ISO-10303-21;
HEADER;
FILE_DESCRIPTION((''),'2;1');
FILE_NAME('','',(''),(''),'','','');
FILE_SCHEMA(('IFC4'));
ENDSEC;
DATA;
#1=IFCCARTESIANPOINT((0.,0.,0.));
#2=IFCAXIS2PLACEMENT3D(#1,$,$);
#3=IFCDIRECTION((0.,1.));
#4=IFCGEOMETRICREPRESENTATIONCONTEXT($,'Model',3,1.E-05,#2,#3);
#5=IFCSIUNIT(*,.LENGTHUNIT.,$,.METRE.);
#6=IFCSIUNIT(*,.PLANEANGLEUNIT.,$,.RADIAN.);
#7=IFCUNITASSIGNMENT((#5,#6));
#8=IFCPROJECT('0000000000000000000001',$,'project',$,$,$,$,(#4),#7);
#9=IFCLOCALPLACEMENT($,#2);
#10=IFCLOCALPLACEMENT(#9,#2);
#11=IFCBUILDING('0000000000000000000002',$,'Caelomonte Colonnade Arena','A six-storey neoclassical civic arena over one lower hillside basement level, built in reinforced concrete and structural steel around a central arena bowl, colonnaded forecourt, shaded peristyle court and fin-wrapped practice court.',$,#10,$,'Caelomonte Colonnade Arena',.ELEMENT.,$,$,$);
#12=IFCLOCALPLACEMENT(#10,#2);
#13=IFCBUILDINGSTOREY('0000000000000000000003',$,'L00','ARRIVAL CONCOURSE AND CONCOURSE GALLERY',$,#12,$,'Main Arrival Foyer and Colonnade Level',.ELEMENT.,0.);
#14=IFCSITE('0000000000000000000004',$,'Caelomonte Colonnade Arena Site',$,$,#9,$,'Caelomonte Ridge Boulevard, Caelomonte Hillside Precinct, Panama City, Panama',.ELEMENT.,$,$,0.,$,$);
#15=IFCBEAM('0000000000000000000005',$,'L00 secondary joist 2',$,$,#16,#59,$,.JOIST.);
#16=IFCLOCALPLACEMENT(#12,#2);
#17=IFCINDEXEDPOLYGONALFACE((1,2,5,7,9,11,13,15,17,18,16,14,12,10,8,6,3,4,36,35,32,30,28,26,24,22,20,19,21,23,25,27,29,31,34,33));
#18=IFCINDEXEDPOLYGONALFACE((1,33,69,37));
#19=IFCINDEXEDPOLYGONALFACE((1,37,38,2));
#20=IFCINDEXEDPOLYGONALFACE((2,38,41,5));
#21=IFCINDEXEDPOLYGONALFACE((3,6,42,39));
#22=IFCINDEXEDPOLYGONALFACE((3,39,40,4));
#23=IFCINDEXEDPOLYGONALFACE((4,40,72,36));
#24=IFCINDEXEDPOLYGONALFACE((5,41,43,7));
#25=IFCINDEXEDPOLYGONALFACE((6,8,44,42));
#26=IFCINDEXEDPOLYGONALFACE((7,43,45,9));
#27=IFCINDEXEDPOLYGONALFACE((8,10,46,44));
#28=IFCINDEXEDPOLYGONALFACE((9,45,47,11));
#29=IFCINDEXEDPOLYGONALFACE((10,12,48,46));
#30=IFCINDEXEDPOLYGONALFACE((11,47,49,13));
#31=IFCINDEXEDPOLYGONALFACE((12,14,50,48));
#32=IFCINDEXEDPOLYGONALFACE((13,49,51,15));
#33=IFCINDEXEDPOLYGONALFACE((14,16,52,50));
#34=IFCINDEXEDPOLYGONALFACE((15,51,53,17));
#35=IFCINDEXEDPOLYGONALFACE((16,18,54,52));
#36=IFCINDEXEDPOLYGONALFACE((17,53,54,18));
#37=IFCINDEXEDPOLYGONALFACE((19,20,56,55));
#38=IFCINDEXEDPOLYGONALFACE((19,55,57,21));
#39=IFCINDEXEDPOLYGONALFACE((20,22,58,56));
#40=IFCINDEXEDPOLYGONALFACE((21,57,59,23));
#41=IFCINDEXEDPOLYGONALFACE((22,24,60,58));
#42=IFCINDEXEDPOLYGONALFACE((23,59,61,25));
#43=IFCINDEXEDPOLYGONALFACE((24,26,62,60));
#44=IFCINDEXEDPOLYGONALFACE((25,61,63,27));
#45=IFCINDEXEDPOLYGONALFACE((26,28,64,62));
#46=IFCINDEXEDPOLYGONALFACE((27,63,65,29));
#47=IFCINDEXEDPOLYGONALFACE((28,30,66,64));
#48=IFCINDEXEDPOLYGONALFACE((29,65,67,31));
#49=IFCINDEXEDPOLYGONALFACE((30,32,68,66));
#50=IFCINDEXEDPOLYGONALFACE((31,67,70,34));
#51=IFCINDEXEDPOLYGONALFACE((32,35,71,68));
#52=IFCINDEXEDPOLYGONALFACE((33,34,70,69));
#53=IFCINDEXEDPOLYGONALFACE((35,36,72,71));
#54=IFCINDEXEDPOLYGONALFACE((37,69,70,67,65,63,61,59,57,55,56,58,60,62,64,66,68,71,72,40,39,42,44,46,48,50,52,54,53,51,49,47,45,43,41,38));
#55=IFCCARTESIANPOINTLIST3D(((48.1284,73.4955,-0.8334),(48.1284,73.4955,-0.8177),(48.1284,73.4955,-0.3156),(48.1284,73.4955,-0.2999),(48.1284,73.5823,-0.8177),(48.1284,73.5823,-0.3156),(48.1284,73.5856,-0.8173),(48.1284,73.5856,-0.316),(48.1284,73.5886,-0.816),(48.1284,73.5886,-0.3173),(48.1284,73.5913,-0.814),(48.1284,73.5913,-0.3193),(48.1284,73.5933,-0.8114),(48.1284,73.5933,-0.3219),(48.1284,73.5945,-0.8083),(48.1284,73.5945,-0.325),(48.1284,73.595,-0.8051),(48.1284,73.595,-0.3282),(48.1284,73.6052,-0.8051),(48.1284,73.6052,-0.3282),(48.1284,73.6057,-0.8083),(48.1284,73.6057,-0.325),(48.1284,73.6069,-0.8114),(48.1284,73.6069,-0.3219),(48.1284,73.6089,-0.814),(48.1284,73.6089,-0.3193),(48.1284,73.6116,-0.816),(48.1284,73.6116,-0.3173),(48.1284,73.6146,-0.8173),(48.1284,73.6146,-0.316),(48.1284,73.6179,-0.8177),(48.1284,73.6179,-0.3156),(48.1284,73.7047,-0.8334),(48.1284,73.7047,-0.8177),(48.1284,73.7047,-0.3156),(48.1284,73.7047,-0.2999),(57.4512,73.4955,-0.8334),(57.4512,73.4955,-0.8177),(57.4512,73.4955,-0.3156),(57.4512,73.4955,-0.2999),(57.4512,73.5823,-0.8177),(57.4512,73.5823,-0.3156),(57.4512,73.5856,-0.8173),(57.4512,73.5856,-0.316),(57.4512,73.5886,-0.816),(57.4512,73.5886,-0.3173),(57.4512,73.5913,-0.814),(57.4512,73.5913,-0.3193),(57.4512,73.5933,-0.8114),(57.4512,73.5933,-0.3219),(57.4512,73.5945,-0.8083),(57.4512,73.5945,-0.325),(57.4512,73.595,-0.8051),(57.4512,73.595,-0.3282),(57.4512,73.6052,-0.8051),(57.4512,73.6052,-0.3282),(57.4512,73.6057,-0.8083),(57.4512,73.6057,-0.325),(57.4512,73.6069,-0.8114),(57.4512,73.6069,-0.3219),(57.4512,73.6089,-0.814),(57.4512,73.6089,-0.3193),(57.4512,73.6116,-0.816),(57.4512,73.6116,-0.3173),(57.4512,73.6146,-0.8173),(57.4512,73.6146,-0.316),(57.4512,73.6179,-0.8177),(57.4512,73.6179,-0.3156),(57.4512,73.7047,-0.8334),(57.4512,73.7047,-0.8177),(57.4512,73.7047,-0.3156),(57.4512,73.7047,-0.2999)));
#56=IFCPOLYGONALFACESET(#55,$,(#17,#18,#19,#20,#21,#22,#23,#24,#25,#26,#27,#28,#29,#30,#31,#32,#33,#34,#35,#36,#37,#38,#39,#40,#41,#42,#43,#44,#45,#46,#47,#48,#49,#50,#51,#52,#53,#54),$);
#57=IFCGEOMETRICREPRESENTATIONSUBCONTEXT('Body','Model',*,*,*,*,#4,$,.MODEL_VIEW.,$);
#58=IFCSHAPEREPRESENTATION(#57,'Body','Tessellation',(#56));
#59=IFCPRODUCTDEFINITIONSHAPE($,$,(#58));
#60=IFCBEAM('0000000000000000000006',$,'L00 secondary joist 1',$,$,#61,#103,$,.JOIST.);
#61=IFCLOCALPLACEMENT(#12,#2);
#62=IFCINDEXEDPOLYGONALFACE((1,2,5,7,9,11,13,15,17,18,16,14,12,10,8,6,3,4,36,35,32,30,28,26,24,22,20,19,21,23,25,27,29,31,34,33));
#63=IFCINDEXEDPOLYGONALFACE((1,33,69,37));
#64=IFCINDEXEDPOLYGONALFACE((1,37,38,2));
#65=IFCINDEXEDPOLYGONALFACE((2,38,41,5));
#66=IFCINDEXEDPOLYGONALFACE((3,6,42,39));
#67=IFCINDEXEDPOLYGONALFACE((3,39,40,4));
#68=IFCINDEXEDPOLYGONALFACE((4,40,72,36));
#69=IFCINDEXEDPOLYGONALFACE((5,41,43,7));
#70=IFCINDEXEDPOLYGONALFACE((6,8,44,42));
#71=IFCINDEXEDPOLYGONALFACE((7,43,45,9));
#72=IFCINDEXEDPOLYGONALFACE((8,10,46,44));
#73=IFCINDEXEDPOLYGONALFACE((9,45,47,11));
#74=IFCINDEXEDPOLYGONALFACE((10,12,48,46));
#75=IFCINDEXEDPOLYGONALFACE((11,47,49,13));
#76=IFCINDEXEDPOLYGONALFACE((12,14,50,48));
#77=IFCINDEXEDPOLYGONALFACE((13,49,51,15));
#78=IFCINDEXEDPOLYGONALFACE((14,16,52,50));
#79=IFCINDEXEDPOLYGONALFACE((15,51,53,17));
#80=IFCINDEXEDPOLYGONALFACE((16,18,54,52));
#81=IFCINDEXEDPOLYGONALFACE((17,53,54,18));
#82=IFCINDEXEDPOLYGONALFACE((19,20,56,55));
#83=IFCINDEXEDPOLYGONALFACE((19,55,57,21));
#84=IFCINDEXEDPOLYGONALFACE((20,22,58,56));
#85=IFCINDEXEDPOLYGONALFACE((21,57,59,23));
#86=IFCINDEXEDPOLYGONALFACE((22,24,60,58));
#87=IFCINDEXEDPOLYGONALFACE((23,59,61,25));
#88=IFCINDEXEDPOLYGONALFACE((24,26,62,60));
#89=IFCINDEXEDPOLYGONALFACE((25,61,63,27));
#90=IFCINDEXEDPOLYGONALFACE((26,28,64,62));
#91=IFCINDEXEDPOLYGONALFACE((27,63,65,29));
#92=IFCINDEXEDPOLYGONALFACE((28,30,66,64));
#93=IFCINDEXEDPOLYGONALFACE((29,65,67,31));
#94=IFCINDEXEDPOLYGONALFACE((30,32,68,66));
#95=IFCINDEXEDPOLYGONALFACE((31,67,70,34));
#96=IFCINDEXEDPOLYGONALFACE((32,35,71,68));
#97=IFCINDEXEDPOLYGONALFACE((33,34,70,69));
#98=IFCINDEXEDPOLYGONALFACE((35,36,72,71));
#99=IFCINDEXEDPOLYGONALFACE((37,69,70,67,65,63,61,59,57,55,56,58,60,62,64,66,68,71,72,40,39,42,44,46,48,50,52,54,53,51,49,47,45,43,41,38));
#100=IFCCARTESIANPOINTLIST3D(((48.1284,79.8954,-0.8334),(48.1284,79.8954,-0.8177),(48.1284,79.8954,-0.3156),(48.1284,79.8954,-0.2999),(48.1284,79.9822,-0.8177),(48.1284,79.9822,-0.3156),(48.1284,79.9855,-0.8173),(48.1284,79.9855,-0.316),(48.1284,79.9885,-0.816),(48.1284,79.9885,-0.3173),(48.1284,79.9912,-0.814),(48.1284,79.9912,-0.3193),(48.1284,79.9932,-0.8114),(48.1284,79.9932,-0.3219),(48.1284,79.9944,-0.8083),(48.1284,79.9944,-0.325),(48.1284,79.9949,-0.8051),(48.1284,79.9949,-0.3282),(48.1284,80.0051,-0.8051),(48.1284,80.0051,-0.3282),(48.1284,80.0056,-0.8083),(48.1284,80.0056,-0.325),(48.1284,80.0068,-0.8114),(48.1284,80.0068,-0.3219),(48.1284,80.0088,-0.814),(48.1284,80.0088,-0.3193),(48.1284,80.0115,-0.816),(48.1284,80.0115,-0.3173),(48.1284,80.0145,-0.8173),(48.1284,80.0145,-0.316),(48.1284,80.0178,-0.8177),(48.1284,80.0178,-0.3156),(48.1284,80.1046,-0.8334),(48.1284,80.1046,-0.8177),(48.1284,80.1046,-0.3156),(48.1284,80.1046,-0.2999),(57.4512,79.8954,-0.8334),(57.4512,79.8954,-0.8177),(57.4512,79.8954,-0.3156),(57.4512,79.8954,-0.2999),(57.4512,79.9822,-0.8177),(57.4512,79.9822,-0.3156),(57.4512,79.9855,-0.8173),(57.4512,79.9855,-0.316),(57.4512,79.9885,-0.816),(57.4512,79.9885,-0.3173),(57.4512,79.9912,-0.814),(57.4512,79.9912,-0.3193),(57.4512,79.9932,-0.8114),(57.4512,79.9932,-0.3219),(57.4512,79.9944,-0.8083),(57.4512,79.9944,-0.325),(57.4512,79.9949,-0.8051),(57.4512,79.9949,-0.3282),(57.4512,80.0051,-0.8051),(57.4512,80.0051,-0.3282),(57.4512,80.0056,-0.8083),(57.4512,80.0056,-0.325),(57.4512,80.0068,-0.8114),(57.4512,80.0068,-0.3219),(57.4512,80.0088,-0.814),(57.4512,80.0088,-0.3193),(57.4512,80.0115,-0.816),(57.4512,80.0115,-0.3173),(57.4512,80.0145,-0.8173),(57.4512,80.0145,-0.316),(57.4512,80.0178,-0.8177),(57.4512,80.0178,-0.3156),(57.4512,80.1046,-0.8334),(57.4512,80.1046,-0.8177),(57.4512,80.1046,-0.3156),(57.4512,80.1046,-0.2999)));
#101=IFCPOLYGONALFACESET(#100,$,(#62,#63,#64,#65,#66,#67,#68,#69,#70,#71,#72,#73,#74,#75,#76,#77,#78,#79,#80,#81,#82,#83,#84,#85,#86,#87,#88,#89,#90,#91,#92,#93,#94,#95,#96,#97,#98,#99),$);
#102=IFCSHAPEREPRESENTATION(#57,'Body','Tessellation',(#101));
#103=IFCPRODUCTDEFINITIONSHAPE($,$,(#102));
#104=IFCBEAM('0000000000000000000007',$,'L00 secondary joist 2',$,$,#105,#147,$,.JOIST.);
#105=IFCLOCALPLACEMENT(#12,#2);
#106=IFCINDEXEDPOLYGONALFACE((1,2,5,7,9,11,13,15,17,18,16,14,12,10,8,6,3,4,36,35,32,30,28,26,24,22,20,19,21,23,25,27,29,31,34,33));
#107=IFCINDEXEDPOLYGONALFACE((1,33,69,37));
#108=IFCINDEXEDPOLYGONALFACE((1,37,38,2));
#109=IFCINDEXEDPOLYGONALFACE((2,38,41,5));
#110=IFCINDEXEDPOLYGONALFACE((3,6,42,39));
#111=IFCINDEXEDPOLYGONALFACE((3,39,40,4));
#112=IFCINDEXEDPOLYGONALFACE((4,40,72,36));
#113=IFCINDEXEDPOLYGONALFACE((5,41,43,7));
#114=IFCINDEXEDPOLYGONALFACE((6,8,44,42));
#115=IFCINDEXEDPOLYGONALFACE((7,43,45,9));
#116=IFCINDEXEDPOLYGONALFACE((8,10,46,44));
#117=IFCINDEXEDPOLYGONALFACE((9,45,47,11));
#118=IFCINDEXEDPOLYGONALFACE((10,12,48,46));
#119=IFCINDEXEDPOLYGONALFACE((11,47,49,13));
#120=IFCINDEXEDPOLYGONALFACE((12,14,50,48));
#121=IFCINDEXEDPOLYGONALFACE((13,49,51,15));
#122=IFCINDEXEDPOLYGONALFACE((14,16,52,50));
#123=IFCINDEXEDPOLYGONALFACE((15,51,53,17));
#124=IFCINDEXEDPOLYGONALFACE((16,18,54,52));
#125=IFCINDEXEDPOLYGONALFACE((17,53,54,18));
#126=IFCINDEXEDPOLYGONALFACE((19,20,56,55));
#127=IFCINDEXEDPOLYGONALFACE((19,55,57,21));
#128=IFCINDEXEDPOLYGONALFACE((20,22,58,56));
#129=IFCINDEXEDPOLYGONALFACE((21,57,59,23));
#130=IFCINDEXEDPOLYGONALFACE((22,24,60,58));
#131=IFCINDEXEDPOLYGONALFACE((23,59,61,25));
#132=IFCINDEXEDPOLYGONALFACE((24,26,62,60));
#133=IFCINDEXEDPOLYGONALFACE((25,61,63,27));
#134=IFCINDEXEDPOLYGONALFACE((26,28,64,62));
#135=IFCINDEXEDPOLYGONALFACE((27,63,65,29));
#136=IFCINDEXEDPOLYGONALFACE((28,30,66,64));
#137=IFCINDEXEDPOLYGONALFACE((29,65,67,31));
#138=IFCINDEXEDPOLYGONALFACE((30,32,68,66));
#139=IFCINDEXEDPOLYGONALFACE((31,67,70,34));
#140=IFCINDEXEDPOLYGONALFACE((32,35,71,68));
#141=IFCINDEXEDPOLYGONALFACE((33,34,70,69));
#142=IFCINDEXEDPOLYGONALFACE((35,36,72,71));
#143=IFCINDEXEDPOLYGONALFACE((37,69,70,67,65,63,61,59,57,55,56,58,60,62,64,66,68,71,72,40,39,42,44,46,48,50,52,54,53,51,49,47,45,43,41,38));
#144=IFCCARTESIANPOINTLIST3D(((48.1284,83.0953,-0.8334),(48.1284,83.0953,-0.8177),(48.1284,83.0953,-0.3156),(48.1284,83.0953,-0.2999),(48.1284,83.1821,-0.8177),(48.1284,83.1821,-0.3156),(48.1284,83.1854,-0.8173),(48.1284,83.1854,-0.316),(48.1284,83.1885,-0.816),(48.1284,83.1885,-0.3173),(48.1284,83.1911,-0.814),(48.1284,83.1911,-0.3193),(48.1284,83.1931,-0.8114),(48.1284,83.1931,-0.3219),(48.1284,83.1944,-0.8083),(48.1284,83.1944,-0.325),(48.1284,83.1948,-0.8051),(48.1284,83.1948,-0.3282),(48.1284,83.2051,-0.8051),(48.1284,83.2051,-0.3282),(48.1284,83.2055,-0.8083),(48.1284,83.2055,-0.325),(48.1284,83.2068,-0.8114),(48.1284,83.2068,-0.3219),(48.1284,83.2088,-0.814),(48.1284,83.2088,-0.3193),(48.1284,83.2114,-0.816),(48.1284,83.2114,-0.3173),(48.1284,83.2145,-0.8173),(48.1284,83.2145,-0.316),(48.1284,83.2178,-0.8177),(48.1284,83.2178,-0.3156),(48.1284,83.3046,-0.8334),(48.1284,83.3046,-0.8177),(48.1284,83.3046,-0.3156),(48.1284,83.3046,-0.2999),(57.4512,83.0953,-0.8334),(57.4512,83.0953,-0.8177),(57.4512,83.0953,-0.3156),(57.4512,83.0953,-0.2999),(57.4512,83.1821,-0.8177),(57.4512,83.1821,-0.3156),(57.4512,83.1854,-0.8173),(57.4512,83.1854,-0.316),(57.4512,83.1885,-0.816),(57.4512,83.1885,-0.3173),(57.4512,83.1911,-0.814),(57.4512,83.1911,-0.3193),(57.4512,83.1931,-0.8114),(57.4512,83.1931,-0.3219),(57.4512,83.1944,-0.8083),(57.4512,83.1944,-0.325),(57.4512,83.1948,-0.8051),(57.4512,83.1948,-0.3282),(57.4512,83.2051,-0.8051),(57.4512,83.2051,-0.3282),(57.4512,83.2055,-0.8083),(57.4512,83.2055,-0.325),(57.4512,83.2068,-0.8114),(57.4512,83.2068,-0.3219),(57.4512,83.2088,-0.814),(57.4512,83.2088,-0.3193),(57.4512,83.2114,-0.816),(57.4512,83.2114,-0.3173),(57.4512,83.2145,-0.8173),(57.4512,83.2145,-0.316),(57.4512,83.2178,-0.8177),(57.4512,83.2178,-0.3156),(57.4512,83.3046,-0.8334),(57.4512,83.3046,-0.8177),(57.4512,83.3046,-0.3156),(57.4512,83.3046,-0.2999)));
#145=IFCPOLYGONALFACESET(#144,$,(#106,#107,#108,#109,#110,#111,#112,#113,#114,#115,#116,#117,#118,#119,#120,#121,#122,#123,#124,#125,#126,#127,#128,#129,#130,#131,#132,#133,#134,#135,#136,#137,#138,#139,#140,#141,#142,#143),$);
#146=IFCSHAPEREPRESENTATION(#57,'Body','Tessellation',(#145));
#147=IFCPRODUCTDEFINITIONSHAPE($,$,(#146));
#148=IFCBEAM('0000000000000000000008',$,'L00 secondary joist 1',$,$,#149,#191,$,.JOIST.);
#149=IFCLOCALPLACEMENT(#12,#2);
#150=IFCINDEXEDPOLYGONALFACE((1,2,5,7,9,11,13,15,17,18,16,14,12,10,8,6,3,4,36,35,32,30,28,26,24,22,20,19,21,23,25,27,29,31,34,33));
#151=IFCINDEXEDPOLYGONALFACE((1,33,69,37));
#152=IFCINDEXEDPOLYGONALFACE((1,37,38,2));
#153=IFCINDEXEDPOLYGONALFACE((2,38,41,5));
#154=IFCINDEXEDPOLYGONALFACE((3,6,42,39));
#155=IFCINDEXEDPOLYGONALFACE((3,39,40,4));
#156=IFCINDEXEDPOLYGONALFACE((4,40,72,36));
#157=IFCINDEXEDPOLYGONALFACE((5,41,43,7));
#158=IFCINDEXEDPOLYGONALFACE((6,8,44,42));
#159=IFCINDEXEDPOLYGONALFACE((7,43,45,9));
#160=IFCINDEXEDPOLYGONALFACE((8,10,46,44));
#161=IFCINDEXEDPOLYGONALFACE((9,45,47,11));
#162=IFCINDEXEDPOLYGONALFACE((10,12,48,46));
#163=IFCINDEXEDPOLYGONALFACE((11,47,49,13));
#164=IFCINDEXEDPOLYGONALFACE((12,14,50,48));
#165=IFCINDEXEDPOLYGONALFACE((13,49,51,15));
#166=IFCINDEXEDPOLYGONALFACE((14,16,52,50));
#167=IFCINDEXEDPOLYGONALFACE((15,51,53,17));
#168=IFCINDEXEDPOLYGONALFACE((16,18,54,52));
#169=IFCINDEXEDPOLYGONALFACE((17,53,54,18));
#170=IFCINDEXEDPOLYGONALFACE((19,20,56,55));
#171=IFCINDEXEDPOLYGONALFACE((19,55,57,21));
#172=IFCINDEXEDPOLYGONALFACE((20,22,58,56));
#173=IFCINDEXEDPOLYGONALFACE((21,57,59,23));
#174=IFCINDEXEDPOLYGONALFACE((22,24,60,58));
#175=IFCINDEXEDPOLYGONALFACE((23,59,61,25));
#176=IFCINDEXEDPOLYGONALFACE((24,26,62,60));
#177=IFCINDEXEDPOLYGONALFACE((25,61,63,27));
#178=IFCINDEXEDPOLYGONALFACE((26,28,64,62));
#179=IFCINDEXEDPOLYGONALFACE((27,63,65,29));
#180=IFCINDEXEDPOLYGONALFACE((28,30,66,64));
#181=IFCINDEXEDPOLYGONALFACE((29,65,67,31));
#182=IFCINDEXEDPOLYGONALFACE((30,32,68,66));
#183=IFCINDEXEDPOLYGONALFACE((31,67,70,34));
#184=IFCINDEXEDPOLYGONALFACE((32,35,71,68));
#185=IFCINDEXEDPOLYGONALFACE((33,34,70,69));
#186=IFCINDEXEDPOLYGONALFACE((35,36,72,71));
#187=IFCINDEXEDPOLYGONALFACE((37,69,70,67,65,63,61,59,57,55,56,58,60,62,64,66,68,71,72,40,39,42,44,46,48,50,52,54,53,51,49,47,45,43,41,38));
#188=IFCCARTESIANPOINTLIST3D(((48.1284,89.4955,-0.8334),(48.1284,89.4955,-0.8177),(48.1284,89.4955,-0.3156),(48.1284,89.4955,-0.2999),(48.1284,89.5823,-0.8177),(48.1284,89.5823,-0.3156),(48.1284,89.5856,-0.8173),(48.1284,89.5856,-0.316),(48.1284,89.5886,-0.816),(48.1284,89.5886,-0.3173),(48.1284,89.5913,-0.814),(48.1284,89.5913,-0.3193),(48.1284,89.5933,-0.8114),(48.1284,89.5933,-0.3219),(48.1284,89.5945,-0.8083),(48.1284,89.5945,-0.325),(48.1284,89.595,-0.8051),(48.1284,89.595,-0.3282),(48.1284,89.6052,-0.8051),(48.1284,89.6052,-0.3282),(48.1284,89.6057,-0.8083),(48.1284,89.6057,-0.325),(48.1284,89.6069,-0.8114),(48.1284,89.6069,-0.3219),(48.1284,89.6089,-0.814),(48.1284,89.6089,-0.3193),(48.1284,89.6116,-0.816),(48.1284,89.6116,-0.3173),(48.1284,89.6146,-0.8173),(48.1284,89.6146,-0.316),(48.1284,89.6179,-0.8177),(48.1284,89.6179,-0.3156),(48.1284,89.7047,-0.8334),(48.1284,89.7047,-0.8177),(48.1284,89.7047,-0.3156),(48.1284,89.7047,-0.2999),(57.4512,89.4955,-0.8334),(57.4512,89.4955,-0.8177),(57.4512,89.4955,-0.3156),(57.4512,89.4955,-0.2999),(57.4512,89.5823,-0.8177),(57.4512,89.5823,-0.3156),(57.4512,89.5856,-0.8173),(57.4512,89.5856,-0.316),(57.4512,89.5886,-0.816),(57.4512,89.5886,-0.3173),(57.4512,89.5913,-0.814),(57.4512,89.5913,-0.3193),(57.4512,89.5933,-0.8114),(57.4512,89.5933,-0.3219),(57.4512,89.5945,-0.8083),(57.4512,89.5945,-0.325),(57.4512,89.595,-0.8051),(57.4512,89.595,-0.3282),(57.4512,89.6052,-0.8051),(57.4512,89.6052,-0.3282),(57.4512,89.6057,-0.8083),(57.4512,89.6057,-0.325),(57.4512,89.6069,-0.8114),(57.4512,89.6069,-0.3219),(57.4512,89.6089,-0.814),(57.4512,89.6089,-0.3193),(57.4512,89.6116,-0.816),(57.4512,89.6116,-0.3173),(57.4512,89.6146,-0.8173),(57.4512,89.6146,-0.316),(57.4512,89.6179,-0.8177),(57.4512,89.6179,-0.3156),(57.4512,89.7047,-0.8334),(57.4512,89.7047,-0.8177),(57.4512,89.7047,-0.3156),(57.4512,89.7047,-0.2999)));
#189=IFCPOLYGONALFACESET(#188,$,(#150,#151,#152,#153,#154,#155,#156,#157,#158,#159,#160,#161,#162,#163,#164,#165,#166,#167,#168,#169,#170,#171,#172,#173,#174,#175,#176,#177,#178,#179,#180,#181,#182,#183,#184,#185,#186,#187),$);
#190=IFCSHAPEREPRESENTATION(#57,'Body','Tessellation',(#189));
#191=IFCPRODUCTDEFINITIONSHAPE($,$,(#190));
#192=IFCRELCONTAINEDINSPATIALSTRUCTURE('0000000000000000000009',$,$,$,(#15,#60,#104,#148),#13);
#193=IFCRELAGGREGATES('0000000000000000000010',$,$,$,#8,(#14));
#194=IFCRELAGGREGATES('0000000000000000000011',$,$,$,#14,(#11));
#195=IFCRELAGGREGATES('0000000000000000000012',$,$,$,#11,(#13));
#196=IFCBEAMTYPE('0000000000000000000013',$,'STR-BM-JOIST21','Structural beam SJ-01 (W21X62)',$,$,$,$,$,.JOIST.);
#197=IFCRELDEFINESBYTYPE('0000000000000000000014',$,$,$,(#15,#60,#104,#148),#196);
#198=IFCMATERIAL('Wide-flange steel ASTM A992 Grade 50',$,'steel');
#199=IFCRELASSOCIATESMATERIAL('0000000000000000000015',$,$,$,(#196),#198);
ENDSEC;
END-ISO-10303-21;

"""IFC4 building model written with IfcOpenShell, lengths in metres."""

from ifc_helpers import new_model, si_unit, direction, frame, origin, origin_2d, place, context, subcontext, project, spatial, i_section, extrude, material, material_profile, profile_set, type_object, element, save


model = new_model("IFC4")

# Units and contexts
model_context = context("Model", 3, precision=1e-05, world=origin(), true_north=direction((0.0, 1.0)))
body_context = subcontext(model_context, "Body", "Model", "MODEL_VIEW")
ifc_project = project(units=[si_unit("LENGTHUNIT", "METRE"), si_unit("PLANEANGLEUNIT", "RADIAN")], contexts=[model_context])

# Site, building, storey
site_placement = place(None, origin())
site = spatial("IfcSite", under=ifc_project, at=site_placement, Name="Caelomonte Colonnade Arena Site", LongName="Caelomonte Ridge Boulevard, Caelomonte Hillside Precinct, Panama City, Panama", CompositionType="ELEMENT", RefElevation=0.0)
building_placement = place(site_placement, origin())
building = spatial("IfcBuilding", under=site, at=building_placement, Name="Caelomonte Colonnade Arena", Description="A six-storey neoclassical civic arena over one lower hillside basement level, built in reinforced concrete and structural steel around a central arena bowl, colonnaded forecourt, shaded peristyle court and fin-wrapped practice court.", LongName="Caelomonte Colonnade Arena", CompositionType="ELEMENT")
storey_placement = place(building_placement, origin())
storey = spatial("IfcBuildingStorey", under=building, at=storey_placement, Name="L00", Description="ARRIVAL CONCOURSE AND CONCOURSE GALLERY", LongName="Main Arrival Foyer and Colonnade Level", CompositionType="ELEMENT", Elevation=0.0)

# Shared definitions
ifc_material_1 = material(Name="Wide-flange steel ASTM A992 Grade 50", Category="steel")

# Beams
ifc_material_profile_1 = material_profile(ifc_material_1, i_section(OverallWidth=0.2092, OverallDepth=0.5334, WebThickness=0.0103, FlangeThickness=0.0156, FilletRadius=0.0127, at=origin_2d()), Name="W21X62")
ifc_profile_set_1 = profile_set([ifc_material_profile_1], Name="Wide-flange steel ASTM A992 Grade 50")
beam_type_1 = type_object("IfcBeamType", Name="STR-BM-JOIST21", Description="Structural beam SJ-01 (W21X62)", PredefinedType="JOIST", material=ifc_profile_set_1)
for number, where, z_axis, x_axis, name in (
    (1, (48.1284, 73.6001, -0.5667), (1.0, 0.0, 0.0), (0.0, 1.0, 0.0), "L00 secondary joist 2"),
    (2, (48.1284, 80.0, -0.5667), (1.0, 0.0, 0.0), (0.0, 1.0, 0.0), "L00 secondary joist 1"),
    (3, (48.1284, 83.2, -0.5667), (1.0, 0.0, 0.0), (0.0, 1.0, 0.0), "L00 secondary joist 2"),
    (4, (48.1284, 89.6001, -0.5667), (1.0, 0.0, 0.0), (0.0, 1.0, 0.0), "L00 secondary joist 1"),
):
    element("IfcBeam", number, at=place(storey_placement, frame(where, z_axis=z_axis, x_axis=x_axis)), inside=storey, type_object=beam_type_1, Name=name, PredefinedType="JOIST", context=body_context, shape_type="SweptSolid", body=[
        extrude(i_section(OverallWidth=0.2092, OverallDepth=0.5334, WebThickness=0.0103, FlangeThickness=0.0156, FilletRadius=0.0127, at=origin_2d()), origin(), (0.0, 0.0, 1.0), 9.3228),
    ])

save(model, "model.ifc")
